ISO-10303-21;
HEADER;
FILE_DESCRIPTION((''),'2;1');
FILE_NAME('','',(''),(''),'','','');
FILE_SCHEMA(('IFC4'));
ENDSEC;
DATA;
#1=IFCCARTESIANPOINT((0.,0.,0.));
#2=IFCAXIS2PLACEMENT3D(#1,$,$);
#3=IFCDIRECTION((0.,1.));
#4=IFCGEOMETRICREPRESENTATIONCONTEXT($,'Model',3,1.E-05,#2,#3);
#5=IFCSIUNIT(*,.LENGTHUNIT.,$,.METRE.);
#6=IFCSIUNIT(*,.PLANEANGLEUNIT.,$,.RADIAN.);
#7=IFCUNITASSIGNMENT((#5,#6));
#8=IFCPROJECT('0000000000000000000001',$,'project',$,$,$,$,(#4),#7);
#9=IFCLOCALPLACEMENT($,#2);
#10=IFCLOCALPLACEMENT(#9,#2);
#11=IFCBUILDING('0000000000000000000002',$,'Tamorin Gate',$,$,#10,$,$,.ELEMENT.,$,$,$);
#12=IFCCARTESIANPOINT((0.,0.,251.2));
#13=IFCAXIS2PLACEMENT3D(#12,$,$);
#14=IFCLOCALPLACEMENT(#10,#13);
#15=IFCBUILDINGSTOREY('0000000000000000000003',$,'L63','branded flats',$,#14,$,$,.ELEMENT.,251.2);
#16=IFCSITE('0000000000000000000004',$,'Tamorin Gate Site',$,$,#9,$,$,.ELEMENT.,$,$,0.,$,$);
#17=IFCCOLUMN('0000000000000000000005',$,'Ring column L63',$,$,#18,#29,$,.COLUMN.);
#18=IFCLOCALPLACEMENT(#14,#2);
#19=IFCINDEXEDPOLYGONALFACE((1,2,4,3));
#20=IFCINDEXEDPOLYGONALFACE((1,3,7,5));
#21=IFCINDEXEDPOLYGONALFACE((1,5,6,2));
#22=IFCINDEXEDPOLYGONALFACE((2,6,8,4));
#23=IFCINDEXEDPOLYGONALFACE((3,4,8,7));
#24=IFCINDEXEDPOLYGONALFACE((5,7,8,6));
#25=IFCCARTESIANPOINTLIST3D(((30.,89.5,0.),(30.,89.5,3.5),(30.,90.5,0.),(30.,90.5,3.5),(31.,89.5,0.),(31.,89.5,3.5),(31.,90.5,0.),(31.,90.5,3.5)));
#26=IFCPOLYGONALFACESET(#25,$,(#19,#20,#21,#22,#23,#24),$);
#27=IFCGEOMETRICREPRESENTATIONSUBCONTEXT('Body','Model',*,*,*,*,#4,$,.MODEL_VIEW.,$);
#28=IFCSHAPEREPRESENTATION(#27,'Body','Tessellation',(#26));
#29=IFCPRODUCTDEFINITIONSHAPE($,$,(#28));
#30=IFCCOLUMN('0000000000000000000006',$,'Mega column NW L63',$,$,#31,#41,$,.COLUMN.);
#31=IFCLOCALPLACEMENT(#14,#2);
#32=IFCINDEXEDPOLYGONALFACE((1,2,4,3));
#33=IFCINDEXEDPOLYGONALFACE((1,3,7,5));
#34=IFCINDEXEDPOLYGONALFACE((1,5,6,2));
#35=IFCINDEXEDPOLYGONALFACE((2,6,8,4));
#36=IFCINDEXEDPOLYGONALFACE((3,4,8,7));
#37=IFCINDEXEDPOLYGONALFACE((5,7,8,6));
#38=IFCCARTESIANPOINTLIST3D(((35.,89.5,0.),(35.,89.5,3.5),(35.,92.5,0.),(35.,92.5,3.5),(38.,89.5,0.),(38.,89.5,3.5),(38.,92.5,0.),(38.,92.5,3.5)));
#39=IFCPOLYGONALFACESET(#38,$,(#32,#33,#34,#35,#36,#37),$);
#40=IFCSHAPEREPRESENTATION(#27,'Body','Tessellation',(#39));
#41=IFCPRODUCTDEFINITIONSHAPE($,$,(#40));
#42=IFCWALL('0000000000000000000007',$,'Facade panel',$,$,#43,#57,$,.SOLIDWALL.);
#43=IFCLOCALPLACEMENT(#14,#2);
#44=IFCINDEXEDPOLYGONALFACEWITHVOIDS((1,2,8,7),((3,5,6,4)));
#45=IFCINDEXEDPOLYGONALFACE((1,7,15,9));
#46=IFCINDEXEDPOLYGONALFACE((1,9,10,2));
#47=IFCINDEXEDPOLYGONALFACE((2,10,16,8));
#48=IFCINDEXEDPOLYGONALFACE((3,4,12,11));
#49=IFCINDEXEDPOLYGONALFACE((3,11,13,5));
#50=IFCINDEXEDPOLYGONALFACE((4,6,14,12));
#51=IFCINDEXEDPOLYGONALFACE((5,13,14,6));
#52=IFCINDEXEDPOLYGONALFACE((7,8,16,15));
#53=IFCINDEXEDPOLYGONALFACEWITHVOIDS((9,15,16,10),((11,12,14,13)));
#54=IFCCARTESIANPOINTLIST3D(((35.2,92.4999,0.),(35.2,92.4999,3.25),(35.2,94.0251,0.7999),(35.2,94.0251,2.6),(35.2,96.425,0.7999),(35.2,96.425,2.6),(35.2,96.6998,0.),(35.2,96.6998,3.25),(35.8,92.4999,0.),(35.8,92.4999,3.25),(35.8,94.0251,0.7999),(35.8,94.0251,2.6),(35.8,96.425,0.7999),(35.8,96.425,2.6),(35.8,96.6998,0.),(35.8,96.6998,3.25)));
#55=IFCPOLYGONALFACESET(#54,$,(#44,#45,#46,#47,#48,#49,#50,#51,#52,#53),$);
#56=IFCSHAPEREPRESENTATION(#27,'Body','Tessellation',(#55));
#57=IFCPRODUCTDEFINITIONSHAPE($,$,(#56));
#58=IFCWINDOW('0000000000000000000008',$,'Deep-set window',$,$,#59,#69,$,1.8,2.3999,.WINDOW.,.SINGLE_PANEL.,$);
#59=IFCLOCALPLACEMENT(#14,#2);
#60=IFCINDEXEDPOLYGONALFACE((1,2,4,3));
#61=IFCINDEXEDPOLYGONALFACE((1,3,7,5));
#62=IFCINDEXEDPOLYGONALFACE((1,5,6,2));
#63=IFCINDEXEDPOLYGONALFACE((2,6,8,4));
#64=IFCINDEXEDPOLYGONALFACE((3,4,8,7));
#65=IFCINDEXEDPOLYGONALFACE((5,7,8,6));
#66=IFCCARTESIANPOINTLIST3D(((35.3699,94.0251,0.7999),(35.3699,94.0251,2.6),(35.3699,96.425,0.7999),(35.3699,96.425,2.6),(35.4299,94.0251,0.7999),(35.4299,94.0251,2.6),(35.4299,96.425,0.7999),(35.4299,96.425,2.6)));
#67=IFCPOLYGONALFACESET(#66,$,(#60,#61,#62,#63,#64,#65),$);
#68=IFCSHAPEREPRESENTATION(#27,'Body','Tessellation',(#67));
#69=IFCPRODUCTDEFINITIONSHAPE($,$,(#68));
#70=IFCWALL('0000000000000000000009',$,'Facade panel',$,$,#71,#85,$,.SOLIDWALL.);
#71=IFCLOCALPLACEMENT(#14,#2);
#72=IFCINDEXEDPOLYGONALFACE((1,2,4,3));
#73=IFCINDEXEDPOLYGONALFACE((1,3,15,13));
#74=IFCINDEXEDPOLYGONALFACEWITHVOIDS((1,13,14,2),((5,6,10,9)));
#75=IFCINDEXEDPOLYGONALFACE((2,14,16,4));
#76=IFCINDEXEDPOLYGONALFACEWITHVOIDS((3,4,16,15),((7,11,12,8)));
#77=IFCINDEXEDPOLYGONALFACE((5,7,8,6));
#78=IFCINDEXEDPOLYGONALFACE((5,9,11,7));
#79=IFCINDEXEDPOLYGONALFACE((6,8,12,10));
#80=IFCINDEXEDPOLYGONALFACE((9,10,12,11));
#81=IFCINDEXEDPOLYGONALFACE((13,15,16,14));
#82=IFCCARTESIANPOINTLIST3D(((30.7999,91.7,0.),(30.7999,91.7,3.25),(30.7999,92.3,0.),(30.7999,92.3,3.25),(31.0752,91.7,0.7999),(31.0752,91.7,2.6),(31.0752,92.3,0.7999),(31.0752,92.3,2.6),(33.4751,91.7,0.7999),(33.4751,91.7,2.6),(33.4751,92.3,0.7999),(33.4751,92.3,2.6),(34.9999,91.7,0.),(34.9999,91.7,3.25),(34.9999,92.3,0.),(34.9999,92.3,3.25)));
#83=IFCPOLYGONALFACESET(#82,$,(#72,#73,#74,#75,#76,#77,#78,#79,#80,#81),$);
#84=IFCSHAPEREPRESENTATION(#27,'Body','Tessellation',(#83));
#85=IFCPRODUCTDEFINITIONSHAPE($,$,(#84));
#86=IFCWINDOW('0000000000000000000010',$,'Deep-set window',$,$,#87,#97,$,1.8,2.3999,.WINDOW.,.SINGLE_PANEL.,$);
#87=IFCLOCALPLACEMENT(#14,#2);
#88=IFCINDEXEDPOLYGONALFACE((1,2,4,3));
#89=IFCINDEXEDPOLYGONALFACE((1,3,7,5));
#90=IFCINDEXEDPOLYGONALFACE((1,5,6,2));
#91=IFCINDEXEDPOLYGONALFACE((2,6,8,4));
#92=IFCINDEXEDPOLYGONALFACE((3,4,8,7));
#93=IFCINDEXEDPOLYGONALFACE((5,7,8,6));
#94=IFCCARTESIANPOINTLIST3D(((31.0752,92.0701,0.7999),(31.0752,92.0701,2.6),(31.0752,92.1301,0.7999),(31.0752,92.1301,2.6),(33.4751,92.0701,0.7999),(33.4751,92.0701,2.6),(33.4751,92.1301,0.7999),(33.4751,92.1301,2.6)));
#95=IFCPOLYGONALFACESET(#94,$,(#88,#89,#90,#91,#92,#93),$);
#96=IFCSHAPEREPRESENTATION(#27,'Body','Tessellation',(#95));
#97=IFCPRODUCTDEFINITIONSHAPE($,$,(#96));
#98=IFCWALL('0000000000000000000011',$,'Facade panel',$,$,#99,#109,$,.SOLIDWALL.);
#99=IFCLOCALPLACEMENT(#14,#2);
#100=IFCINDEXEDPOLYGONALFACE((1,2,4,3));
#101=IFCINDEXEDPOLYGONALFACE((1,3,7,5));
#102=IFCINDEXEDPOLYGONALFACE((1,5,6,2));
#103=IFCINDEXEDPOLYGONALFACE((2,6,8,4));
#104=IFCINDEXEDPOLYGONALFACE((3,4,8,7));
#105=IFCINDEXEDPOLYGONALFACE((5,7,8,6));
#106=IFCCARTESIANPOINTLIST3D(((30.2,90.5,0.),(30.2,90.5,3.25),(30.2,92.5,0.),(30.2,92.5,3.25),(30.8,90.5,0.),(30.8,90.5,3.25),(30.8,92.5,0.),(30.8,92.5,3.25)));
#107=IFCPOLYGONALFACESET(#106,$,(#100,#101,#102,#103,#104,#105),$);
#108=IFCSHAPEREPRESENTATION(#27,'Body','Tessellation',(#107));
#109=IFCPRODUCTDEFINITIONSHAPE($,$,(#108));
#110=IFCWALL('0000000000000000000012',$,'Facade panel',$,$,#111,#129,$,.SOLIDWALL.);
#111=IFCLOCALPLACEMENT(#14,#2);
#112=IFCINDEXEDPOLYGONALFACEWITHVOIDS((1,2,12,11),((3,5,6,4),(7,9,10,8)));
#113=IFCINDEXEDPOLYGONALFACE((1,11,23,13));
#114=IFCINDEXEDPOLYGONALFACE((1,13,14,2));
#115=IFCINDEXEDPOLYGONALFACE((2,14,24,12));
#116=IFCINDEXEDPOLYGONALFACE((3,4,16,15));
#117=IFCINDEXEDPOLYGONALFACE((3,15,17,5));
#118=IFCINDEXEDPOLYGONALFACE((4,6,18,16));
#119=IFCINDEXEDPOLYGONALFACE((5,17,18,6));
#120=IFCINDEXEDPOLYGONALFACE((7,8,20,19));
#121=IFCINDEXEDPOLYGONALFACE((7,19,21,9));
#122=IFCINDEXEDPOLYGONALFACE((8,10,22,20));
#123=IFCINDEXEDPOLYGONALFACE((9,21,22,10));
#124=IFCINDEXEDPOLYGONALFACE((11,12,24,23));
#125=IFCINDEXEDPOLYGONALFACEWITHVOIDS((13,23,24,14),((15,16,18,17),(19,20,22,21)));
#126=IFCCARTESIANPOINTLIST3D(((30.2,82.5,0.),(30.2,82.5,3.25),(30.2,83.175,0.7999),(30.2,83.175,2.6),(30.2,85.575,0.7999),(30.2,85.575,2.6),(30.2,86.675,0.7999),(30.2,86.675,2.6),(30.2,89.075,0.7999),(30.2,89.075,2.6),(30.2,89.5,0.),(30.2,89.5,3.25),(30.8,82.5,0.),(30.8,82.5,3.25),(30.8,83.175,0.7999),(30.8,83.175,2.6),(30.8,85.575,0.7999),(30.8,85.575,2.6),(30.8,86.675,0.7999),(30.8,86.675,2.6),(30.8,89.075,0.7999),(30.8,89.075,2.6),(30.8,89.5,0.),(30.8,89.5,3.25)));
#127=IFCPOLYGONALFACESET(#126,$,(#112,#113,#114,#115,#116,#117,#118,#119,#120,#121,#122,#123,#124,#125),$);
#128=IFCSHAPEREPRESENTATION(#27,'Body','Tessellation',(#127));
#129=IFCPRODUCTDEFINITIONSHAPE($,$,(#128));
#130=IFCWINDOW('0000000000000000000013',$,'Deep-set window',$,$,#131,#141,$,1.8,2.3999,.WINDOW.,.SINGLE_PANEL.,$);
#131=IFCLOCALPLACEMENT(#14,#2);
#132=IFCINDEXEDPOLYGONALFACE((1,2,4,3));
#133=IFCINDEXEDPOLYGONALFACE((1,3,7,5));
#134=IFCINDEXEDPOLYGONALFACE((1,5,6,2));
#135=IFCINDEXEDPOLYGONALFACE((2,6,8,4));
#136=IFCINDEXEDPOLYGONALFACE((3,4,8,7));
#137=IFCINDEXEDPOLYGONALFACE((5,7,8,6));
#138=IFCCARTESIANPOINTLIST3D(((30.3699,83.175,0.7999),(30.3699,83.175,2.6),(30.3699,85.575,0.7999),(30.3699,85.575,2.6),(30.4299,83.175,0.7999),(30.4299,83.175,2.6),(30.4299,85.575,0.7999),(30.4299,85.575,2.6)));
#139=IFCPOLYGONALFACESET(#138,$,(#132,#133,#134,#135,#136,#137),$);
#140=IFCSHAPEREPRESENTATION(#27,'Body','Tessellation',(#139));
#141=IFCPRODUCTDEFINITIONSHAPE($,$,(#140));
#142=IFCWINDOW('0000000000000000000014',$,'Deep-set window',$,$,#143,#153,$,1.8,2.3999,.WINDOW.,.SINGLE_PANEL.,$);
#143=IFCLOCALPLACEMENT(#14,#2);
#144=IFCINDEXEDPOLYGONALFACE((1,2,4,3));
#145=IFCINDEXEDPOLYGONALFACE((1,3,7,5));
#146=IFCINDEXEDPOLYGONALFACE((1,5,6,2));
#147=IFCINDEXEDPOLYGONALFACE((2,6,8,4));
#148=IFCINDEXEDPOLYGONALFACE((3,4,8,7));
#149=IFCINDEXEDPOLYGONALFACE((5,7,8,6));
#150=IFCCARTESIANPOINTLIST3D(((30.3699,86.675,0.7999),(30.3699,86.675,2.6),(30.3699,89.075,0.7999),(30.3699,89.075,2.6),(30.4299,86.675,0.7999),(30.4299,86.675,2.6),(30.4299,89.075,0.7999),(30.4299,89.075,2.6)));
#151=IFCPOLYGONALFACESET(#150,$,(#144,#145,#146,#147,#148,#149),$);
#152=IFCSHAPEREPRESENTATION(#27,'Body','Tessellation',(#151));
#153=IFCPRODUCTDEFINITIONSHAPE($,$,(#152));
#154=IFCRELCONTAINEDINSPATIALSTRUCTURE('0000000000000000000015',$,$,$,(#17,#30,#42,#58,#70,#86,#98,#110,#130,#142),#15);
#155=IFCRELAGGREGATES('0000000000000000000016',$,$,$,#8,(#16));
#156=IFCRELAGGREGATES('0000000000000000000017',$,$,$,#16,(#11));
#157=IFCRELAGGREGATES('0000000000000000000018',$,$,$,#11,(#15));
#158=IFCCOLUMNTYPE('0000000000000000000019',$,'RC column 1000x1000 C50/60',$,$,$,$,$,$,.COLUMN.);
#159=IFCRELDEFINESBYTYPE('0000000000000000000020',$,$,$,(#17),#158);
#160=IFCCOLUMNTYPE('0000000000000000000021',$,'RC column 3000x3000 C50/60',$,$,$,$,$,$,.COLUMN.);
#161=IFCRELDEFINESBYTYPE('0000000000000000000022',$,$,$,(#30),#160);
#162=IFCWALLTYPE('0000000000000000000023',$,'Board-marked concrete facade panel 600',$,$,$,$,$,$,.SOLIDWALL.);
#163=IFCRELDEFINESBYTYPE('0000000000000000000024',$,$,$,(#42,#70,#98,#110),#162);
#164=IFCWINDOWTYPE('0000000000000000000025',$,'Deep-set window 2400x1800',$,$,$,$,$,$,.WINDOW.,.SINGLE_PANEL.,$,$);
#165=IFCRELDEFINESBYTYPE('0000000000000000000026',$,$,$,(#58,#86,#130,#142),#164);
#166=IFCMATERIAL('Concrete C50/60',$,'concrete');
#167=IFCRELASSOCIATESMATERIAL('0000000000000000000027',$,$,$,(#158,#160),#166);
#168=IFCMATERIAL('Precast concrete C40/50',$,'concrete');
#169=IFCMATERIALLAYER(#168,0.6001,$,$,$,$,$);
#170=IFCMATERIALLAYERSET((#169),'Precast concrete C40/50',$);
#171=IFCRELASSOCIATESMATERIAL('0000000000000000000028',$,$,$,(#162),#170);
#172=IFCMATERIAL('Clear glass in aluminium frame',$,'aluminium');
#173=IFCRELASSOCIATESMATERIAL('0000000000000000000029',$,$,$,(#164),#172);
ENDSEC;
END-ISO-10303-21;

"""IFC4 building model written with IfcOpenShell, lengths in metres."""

from ifc_helpers import new_model, si_unit, direction, frame, frame_2d, origin, origin_2d, place, context, subcontext, project, spatial, rectangle, extrude, material, layer, layer_set, material_profile, profile_set, type_object, element, fill, save


model = new_model("IFC4")

# Units and contexts
model_context = context("Model", 3, precision=1e-05, world=origin(), true_north=direction((0.0, 1.0)))
body_context = subcontext(model_context, "Body", "Model", "MODEL_VIEW")
ifc_project = project(units=[si_unit("LENGTHUNIT", "METRE"), si_unit("PLANEANGLEUNIT", "RADIAN")], contexts=[model_context])

# Site, building, storey
site_placement = place(None, origin())
site = spatial("IfcSite", under=ifc_project, at=site_placement, Name="Tamorin Gate Site", CompositionType="ELEMENT", RefElevation=0.0)
building_placement = place(site_placement, origin())
building = spatial("IfcBuilding", under=site, at=building_placement, Name="Tamorin Gate", CompositionType="ELEMENT")
storey_placement = place(building_placement, frame((0.0, 0.0, 251.2)))
storey = spatial("IfcBuildingStorey", under=building, at=storey_placement, Name="L63", Description="branded flats", CompositionType="ELEMENT", Elevation=251.2)

# Columns
ifc_material_1 = material(Name="Concrete C50/60", Category="concrete")
ifc_material_profile_1 = material_profile(ifc_material_1, rectangle(XDim=1.0, YDim=1.0, at=origin_2d()), Name="RC 1000x1000")
ifc_profile_set_1 = profile_set([ifc_material_profile_1], Name="Concrete C50/60")
column_type_1 = type_object("IfcColumnType", Name="RC column 1000x1000 C50/60", PredefinedType="COLUMN", material=ifc_profile_set_1)
column_1_placement = place(storey_placement, frame((30.5, 90.0, 0.0), z_axis=(0.0, 0.0, 1.0), x_axis=(1.0, 0.0, 0.0)))
element("IfcColumn", 1, at=column_1_placement, inside=storey, type_object=column_type_1, Name="Ring column L63", PredefinedType="COLUMN", context=body_context, shape_type="SweptSolid", body=[
    extrude(rectangle(XDim=1.0, YDim=1.0, at=origin_2d()), origin(), (0.0, 0.0, 1.0), 3.5),
])
ifc_material_profile_2 = material_profile(ifc_material_1, rectangle(XDim=3.0, YDim=3.0, at=origin_2d()), Name="RC 3000x3000")
ifc_profile_set_2 = profile_set([ifc_material_profile_2], Name="Concrete C50/60")
column_type_2 = type_object("IfcColumnType", Name="RC column 3000x3000 C50/60", PredefinedType="COLUMN", material=ifc_profile_set_2)
column_2_placement = place(storey_placement, frame((36.5, 91.0, 0.0), z_axis=(0.0, 0.0, 1.0), x_axis=(1.0, 0.0, 0.0)))
element("IfcColumn", 2, at=column_2_placement, inside=storey, type_object=column_type_2, Name="Mega column NW L63", PredefinedType="COLUMN", context=body_context, shape_type="SweptSolid", body=[
    extrude(rectangle(XDim=3.0, YDim=3.0, at=origin_2d()), origin(), (0.0, 0.0, 1.0), 3.5),
])

# Walls, openings, windows
ifc_material_2 = material(Name="Precast concrete C40/50", Category="concrete")
ifc_layer_1 = layer(ifc_material_2, 0.6001)
ifc_layer_set_1 = layer_set([ifc_layer_1], Name="Precast concrete C40/50")
wall_type_1 = type_object("IfcWallType", Name="Board-marked concrete facade panel 600", PredefinedType="SOLIDWALL", material=ifc_layer_set_1)
wall_1_placement = place(storey_placement, frame((35.5, 96.7, 0.0), z_axis=(0.0, 0.0, 1.0), x_axis=(0.0, -1.0, 0.0)))
wall_1 = element("IfcWall", 3, at=wall_1_placement, inside=storey, type_object=wall_type_1, Name="Facade panel", PredefinedType="SOLIDWALL", context=body_context, shape_type="SweptSolid", body=[
    extrude(rectangle(XDim=4.2, YDim=0.6001, at=frame_2d((2.1001, 0.0))), origin(), (0.0, 0.0, 1.0), 3.25),
])
opening_1_placement = place(wall_1_placement, frame((0.2749, 0.0, 0.8)))
opening_1 = element("IfcOpeningElement", 4, at=opening_1_placement, cuts=wall_1, PredefinedType="OPENING", context=body_context, shape_type="SweptSolid", body=[
    extrude(rectangle(XDim=2.3999, YDim=1.8, at=frame_2d((1.2, 0.8999))), frame((0.0, 0.3101, 0.0), z_axis=(0.0, -1.0, 0.0), x_axis=(1.0, 0.0, 0.0)), (0.0, 0.0, 1.0), 0.6201),
])
ifc_material_3 = material(Name="Clear glass in aluminium frame", Category="aluminium")
window_type = type_object("IfcWindowType", Name="Deep-set window 2400x1800", PartitioningType="SINGLE_PANEL", PredefinedType="WINDOW", material=ifc_material_3)
window_1_placement = place(opening_1_placement, origin())
window_1 = element("IfcWindow", 5, at=window_1_placement, inside=storey, type_object=window_type, Name="Deep-set window", OverallHeight=1.8, OverallWidth=2.3999, PartitioningType="SINGLE_PANEL", PredefinedType="WINDOW", context=body_context, shape_type="SweptSolid", body=[
    extrude(rectangle(XDim=2.3999, YDim=1.8, at=frame_2d((1.2, 0.8999))), frame((0.0, -0.0701, 0.0), z_axis=(0.0, -1.0, 0.0), x_axis=(1.0, 0.0, 0.0)), (0.0, 0.0, 1.0), 0.0601),
])
fill(opening_1, window_1)
wall_2_placement = place(storey_placement, frame((35.0, 92.0, 0.0), z_axis=(0.0, 0.0, 1.0), x_axis=(-1.0, 0.0, 0.0)))
wall_2 = element("IfcWall", 6, at=wall_2_placement, inside=storey, type_object=wall_type_1, Name="Facade panel", PredefinedType="SOLIDWALL", context=body_context, shape_type="SweptSolid", body=[
    extrude(rectangle(XDim=4.2, YDim=0.6001, at=frame_2d((2.1001, 0.0))), origin(), (0.0, 0.0, 1.0), 3.25),
])
opening_2_placement = place(wall_2_placement, frame((1.5249, 0.0, 0.8)))
opening_2 = element("IfcOpeningElement", 7, at=opening_2_placement, cuts=wall_2, PredefinedType="OPENING", context=body_context, shape_type="SweptSolid", body=[
    extrude(rectangle(XDim=2.3999, YDim=1.8, at=frame_2d((1.2, 0.8999))), frame((0.0, 0.3101, 0.0), z_axis=(0.0, -1.0, 0.0), x_axis=(1.0, 0.0, 0.0)), (0.0, 0.0, 1.0), 0.6201),
])
window_2_placement = place(opening_2_placement, origin())
window_2 = element("IfcWindow", 8, at=window_2_placement, inside=storey, type_object=window_type, Name="Deep-set window", OverallHeight=1.8, OverallWidth=2.3999, PartitioningType="SINGLE_PANEL", PredefinedType="WINDOW", context=body_context, shape_type="SweptSolid", body=[
    extrude(rectangle(XDim=2.3999, YDim=1.8, at=frame_2d((1.2, 0.8999))), frame((0.0, -0.0701, 0.0), z_axis=(0.0, -1.0, 0.0), x_axis=(1.0, 0.0, 0.0)), (0.0, 0.0, 1.0), 0.0601),
])
fill(opening_2, window_2)

# Wall
wall_3_placement = place(storey_placement, frame((30.5, 92.5, 0.0), z_axis=(0.0, 0.0, 1.0), x_axis=(0.0, -1.0, 0.0)))
element("IfcWall", 9, at=wall_3_placement, inside=storey, type_object=wall_type_1, Name="Facade panel", PredefinedType="SOLIDWALL", context=body_context, shape_type="SweptSolid", body=[
    extrude(rectangle(XDim=2.0, YDim=0.6001, at=frame_2d((1.0, 0.0))), origin(), (0.0, 0.0, 1.0), 3.25),
])

# Wall, openings, windows
wall_4_placement = place(storey_placement, frame((30.5, 89.5, 0.0), z_axis=(0.0, 0.0, 1.0), x_axis=(0.0, -1.0, 0.0)))
wall_4 = element("IfcWall", 10, at=wall_4_placement, inside=storey, type_object=wall_type_1, Name="Facade panel", PredefinedType="SOLIDWALL", context=body_context, shape_type="SweptSolid", body=[
    extrude(rectangle(XDim=7.0, YDim=0.6001, at=frame_2d((3.5, 0.0))), origin(), (0.0, 0.0, 1.0), 3.25),
])
opening_3_placement = place(wall_4_placement, frame((3.925, 0.0, 0.8)))
opening_3 = element("IfcOpeningElement", 11, at=opening_3_placement, cuts=wall_4, PredefinedType="OPENING", context=body_context, shape_type="SweptSolid", body=[
    extrude(rectangle(XDim=2.3999, YDim=1.8, at=frame_2d((1.2, 0.8999))), frame((0.0, 0.3101, 0.0), z_axis=(0.0, -1.0, 0.0), x_axis=(1.0, 0.0, 0.0)), (0.0, 0.0, 1.0), 0.6201),
])
opening_4_placement = place(wall_4_placement, frame((0.425, 0.0, 0.8)))
opening_4 = element("IfcOpeningElement", 12, at=opening_4_placement, cuts=wall_4, PredefinedType="OPENING", context=body_context, shape_type="SweptSolid", body=[
    extrude(rectangle(XDim=2.3999, YDim=1.8, at=frame_2d((1.2, 0.8999))), frame((0.0, 0.3101, 0.0), z_axis=(0.0, -1.0, 0.0), x_axis=(1.0, 0.0, 0.0)), (0.0, 0.0, 1.0), 0.6201),
])
window_3_placement = place(opening_3_placement, origin())
window_3 = element("IfcWindow", 13, at=window_3_placement, inside=storey, type_object=window_type, Name="Deep-set window", OverallHeight=1.8, OverallWidth=2.3999, PartitioningType="SINGLE_PANEL", PredefinedType="WINDOW", context=body_context, shape_type="SweptSolid", body=[
    extrude(rectangle(XDim=2.3999, YDim=1.8, at=frame_2d((1.2, 0.8999))), frame((0.0, -0.0701, 0.0), z_axis=(0.0, -1.0, 0.0), x_axis=(1.0, 0.0, 0.0)), (0.0, 0.0, 1.0), 0.0601),
])
fill(opening_3, window_3)
window_4_placement = place(opening_4_placement, origin())
window_4 = element("IfcWindow", 14, at=window_4_placement, inside=storey, type_object=window_type, Name="Deep-set window", OverallHeight=1.8, OverallWidth=2.3999, PartitioningType="SINGLE_PANEL", PredefinedType="WINDOW", context=body_context, shape_type="SweptSolid", body=[
    extrude(rectangle(XDim=2.3999, YDim=1.8, at=frame_2d((1.2, 0.8999))), frame((0.0, -0.0701, 0.0), z_axis=(0.0, -1.0, 0.0), x_axis=(1.0, 0.0, 0.0)), (0.0, 0.0, 1.0), 0.0601),
])
fill(opening_4, window_4)

save(model, "model.ifc")
